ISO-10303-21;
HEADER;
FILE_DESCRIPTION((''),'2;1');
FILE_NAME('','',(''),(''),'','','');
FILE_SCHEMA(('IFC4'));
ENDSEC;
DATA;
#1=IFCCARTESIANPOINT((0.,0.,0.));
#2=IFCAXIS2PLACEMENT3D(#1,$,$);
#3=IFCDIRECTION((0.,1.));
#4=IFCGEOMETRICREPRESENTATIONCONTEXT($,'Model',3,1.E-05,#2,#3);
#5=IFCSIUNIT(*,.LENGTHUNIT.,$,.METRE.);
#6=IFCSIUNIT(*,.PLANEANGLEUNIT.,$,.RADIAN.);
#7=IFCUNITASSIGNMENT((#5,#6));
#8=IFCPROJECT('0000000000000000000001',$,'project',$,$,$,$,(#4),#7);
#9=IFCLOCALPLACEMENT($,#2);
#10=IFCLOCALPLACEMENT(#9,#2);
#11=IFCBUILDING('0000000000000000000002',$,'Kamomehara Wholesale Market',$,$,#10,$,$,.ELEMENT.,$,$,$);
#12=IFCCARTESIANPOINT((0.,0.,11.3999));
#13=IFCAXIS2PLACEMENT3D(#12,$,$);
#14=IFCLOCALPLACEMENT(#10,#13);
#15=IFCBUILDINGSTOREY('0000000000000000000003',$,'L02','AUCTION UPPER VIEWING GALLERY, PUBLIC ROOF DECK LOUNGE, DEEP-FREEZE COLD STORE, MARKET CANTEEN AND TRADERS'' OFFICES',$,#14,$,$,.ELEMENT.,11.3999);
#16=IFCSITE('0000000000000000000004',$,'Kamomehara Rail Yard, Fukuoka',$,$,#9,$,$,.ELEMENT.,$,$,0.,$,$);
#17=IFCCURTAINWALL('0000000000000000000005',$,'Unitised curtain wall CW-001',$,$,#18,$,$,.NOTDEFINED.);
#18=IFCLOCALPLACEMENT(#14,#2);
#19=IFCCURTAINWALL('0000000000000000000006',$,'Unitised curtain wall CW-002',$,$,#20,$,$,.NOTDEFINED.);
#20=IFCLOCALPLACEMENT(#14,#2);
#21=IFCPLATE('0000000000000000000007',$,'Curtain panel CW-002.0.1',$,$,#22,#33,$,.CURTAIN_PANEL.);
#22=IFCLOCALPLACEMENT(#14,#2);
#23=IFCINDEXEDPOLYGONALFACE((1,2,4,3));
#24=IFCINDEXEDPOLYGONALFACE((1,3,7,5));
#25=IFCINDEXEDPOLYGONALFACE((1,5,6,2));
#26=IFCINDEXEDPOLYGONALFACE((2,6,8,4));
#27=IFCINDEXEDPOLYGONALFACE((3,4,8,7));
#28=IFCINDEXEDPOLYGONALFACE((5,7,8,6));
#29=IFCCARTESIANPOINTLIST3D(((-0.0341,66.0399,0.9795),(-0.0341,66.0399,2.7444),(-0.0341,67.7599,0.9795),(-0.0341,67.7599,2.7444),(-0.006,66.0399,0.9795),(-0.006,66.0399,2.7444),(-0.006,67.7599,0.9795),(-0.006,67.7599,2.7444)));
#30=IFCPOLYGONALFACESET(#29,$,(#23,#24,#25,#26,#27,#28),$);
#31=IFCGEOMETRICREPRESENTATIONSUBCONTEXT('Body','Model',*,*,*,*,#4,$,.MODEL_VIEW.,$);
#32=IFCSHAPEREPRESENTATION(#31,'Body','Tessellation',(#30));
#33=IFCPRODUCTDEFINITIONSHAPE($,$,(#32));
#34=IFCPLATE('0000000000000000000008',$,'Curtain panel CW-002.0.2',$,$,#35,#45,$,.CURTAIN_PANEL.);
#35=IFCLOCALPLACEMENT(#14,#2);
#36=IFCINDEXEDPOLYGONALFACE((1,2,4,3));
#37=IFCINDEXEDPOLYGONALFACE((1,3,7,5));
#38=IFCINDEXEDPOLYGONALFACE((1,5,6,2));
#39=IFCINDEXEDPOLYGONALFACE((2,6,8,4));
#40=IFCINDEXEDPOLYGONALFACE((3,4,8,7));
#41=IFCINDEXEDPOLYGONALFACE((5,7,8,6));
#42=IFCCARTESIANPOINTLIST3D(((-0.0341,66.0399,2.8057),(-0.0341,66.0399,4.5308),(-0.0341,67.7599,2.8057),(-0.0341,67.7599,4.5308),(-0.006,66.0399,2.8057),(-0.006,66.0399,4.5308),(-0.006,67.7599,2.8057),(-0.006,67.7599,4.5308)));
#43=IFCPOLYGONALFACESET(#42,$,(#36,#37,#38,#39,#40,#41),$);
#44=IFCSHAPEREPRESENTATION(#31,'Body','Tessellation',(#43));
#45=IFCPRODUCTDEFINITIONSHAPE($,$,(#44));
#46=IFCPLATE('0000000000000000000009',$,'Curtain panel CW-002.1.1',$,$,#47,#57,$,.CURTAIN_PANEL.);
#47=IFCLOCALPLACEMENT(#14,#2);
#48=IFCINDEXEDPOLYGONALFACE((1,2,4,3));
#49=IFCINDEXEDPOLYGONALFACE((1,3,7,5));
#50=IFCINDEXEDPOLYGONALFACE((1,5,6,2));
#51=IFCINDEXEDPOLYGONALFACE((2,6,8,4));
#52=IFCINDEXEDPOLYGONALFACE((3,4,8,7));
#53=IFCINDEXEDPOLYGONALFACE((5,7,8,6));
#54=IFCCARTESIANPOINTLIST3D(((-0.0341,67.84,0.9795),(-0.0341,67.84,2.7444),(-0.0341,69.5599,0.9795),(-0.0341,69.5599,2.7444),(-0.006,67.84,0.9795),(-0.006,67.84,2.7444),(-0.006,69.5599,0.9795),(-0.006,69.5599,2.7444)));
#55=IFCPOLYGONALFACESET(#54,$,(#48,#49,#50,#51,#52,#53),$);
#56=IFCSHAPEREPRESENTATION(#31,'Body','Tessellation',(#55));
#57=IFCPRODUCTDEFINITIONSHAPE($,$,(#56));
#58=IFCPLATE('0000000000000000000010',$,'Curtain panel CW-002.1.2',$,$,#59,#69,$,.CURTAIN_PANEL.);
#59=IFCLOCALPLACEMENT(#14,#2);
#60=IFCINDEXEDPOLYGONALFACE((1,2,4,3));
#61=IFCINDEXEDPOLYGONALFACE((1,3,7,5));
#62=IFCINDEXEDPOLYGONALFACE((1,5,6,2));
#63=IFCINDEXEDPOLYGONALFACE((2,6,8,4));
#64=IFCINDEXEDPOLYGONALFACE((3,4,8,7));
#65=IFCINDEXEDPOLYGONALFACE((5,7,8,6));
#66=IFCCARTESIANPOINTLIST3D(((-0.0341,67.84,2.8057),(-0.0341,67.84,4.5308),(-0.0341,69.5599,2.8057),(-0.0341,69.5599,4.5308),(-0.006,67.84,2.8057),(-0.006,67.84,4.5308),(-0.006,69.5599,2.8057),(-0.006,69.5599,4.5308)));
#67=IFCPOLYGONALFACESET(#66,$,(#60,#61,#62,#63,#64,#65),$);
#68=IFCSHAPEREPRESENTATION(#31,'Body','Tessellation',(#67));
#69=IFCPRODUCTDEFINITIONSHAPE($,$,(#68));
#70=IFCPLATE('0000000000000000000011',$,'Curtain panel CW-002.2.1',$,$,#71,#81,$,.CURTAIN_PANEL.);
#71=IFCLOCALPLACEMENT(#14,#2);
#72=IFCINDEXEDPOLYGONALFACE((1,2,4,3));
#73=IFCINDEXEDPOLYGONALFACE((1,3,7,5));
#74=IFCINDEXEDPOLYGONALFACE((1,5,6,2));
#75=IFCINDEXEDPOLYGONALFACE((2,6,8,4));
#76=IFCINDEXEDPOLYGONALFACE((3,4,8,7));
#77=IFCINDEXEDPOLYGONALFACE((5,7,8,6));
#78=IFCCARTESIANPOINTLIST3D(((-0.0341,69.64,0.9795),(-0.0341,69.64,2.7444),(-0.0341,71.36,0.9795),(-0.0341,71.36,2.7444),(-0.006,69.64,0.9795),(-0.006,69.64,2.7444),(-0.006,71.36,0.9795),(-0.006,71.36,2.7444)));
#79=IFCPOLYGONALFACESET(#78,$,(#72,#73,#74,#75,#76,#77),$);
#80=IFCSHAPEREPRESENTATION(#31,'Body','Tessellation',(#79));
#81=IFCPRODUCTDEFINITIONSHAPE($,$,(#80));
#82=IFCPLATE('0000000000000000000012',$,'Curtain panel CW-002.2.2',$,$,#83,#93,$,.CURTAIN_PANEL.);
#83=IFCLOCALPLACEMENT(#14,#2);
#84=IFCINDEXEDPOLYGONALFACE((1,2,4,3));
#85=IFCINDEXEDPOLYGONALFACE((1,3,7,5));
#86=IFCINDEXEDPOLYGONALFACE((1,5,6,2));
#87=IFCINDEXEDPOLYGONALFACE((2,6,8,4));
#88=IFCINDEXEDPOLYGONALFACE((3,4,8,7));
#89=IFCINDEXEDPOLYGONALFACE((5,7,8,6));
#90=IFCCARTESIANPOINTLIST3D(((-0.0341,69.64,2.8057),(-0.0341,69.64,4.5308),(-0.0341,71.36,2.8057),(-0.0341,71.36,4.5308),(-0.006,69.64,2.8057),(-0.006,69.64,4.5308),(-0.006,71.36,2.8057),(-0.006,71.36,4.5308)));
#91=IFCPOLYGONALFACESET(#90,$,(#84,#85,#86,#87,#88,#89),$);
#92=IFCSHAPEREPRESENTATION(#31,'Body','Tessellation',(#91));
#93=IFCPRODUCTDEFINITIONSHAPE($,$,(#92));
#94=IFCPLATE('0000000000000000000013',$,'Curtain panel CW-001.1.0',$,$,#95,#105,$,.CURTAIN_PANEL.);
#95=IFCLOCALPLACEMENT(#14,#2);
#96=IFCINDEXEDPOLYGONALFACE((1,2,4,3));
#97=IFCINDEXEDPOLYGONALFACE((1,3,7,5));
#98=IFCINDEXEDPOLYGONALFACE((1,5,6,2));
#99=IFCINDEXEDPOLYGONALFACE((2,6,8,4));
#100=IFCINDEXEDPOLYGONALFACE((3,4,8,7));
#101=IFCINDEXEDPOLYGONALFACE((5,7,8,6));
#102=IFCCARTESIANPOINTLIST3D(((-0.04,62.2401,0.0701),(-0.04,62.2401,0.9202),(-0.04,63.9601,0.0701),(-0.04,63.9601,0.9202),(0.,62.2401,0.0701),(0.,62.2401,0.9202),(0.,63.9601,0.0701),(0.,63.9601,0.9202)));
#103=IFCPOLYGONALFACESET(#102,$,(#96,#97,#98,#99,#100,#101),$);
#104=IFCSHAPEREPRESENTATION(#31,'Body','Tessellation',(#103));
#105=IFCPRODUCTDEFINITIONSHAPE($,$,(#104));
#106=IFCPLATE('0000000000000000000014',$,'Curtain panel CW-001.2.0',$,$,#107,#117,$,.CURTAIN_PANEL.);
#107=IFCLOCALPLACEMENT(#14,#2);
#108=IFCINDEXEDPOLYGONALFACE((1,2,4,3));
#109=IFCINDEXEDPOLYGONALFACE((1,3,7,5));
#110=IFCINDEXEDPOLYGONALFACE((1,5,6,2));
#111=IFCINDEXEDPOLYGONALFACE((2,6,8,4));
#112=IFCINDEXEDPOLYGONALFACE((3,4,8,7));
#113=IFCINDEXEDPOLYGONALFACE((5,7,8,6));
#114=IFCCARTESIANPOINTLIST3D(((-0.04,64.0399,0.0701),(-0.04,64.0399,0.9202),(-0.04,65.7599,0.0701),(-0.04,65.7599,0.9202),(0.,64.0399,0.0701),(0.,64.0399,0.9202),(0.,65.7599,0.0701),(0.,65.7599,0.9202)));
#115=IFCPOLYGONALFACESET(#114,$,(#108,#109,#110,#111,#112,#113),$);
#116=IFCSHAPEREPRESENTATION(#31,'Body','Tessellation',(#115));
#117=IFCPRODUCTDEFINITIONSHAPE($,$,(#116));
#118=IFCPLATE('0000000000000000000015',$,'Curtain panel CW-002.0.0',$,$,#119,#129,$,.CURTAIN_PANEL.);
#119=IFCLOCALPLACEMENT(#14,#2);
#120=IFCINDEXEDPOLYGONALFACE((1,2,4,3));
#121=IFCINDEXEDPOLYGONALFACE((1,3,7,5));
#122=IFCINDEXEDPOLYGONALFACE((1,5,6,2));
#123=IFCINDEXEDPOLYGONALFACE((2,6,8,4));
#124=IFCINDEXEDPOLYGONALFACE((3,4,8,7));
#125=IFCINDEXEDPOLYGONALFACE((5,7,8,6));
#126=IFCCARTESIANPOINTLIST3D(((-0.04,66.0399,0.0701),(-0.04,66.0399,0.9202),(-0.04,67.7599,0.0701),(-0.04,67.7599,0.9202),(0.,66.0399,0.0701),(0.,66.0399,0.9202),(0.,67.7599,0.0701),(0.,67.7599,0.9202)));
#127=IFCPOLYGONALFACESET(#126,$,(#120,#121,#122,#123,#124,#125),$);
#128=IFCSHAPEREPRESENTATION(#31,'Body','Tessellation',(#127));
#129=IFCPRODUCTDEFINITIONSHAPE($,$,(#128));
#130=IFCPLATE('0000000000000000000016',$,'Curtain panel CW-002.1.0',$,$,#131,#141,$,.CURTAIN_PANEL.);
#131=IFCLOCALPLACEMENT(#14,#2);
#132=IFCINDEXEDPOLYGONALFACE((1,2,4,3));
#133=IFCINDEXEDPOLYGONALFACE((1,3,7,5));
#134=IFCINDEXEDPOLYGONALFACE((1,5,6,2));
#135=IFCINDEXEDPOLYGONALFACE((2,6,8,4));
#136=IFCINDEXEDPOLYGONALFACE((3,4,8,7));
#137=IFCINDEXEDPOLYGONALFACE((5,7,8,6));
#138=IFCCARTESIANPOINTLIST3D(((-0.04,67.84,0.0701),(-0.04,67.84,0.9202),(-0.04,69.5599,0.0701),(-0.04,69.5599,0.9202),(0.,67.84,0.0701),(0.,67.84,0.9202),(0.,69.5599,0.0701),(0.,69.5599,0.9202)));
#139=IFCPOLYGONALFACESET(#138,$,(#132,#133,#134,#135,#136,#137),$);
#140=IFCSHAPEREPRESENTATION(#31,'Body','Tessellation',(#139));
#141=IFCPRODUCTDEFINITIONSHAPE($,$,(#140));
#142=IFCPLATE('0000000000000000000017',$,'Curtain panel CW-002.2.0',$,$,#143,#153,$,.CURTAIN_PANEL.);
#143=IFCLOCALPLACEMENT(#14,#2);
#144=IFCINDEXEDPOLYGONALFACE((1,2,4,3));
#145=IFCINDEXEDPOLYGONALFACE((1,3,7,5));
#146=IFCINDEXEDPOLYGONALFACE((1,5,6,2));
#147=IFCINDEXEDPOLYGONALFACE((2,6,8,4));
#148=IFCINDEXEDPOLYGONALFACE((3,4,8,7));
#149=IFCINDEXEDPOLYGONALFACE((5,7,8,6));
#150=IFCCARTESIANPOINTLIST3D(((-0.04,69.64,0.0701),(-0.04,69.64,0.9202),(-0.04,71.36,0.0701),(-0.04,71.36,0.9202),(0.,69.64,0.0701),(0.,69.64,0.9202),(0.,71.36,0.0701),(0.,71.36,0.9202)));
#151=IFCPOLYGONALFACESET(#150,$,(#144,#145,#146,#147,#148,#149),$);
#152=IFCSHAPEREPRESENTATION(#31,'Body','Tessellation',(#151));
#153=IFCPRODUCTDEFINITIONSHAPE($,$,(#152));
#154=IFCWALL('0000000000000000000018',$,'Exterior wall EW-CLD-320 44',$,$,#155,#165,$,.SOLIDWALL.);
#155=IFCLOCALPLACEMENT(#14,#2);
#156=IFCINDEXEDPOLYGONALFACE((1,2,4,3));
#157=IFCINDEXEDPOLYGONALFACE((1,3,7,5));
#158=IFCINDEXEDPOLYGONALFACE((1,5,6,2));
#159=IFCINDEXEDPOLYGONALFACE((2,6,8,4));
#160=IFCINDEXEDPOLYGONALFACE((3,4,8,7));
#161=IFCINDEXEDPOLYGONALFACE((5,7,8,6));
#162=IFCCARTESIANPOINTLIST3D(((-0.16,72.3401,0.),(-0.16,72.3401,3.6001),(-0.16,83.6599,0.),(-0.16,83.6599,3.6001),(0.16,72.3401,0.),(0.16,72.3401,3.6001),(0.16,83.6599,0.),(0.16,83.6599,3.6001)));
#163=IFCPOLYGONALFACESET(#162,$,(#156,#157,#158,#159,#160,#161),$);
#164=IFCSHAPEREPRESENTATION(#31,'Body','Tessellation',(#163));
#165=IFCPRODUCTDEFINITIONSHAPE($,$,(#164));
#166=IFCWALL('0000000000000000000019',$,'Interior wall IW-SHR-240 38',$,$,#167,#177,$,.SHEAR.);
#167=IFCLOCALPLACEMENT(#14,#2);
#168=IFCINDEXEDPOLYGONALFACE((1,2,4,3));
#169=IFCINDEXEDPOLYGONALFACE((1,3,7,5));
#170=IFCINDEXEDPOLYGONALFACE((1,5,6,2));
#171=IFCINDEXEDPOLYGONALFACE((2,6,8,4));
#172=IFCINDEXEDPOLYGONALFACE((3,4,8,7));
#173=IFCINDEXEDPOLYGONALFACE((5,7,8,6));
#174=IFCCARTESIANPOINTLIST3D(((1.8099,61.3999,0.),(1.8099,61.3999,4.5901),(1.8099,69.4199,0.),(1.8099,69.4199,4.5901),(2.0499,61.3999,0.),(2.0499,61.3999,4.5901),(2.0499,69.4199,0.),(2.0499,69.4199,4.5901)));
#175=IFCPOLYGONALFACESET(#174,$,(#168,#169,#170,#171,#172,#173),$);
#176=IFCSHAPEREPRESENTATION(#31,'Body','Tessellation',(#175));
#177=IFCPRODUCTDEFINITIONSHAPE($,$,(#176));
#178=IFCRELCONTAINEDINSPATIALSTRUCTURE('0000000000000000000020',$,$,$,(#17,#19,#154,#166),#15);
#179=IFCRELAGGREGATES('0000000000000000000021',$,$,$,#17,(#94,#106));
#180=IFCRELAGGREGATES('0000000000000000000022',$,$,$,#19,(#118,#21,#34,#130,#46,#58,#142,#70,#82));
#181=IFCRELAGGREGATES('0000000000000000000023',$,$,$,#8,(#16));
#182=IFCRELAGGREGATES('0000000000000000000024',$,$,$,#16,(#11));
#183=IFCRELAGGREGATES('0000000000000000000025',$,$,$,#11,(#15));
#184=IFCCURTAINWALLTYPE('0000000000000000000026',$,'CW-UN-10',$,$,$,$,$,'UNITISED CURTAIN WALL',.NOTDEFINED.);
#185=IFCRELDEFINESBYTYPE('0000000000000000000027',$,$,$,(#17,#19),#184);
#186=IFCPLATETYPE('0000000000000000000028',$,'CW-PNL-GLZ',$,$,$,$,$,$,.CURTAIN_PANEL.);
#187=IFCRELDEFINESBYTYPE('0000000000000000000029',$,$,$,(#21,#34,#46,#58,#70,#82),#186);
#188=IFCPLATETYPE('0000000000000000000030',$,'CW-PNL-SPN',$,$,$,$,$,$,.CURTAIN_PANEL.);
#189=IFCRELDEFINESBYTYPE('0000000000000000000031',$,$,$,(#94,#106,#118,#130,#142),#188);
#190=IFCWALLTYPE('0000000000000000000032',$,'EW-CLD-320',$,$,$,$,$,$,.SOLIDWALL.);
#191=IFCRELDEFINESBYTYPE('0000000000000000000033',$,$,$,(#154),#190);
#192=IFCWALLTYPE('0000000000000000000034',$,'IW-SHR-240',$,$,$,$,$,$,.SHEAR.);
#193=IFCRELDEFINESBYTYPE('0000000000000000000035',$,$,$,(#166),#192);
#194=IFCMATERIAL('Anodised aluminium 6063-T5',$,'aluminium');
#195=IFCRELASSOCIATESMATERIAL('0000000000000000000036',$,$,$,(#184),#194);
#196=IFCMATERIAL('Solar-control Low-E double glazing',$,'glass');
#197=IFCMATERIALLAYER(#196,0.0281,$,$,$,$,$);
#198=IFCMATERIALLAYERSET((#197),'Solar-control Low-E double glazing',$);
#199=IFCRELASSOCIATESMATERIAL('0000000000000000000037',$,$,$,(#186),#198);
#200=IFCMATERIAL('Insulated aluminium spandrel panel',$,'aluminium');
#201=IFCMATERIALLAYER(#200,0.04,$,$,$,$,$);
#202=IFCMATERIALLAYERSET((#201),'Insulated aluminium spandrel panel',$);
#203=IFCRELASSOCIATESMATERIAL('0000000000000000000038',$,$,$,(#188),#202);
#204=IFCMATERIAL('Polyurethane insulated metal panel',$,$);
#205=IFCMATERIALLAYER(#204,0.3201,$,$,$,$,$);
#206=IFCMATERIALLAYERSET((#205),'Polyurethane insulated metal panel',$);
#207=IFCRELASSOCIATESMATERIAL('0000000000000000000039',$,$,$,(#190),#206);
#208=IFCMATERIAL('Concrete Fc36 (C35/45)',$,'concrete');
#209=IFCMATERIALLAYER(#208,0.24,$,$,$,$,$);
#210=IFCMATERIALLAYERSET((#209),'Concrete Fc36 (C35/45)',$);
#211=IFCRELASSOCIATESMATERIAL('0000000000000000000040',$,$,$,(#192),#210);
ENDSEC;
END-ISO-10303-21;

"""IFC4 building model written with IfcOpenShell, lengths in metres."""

from ifc_helpers import new_model, si_unit, direction, frame, frame_2d, origin, origin_2d, place, context, subcontext, project, spatial, rectangle, extrude, material, layer, layer_set, type_object, element, aggregate, save


model = new_model("IFC4")

# Units and contexts
model_context = context("Model", 3, precision=1e-05, world=origin(), true_north=direction((0.0, 1.0)))
body_context = subcontext(model_context, "Body", "Model", "MODEL_VIEW")
ifc_project = project(units=[si_unit("LENGTHUNIT", "METRE"), si_unit("PLANEANGLEUNIT", "RADIAN")], contexts=[model_context])

# Site, building, storey
site_placement = place(None, origin())
site = spatial("IfcSite", under=ifc_project, at=site_placement, Name="Kamomehara Rail Yard, Fukuoka", CompositionType="ELEMENT", RefElevation=0.0)
building_placement = place(site_placement, origin())
building = spatial("IfcBuilding", under=site, at=building_placement, Name="Kamomehara Wholesale Market", CompositionType="ELEMENT")
storey_placement = place(building_placement, frame((0.0, 0.0, 11.3999)))
storey = spatial("IfcBuildingStorey", under=building, at=storey_placement, Name="L02", Description="AUCTION UPPER VIEWING GALLERY, PUBLIC ROOF DECK LOUNGE, DEEP-FREEZE COLD STORE, MARKET CANTEEN AND TRADERS' OFFICES", CompositionType="ELEMENT", Elevation=11.3999)

# Curtain walls
ifc_material_1 = material(Name="Anodised aluminium 6063-T5", Category="aluminium")
curtain_wall_type = type_object("IfcCurtainWallType", Name="CW-UN-10", ElementType="UNITISED CURTAIN WALL", PredefinedType="NOTDEFINED", material=ifc_material_1)
curtain_wall_1_placement = place(storey_placement, origin())
curtain_wall_1 = element("IfcCurtainWall", 1, at=curtain_wall_1_placement, inside=storey, type_object=curtain_wall_type, Name="Unitised curtain wall CW-001", PredefinedType="NOTDEFINED")
curtain_wall_2_placement = place(storey_placement, origin())
curtain_wall_2 = element("IfcCurtainWall", 2, at=curtain_wall_2_placement, inside=storey, type_object=curtain_wall_type, Name="Unitised curtain wall CW-002", PredefinedType="NOTDEFINED")

# Plates
ifc_material_2 = material(Name="Solar-control Low-E double glazing", Category="glass")
ifc_layer_1 = layer(ifc_material_2, 0.0281)
ifc_layer_set_1 = layer_set([ifc_layer_1], Name="Solar-control Low-E double glazing")
plate_type_1 = type_object("IfcPlateType", Name="CW-PNL-GLZ", PredefinedType="CURTAIN_PANEL", material=ifc_layer_set_1)
plate_1_placement = place(storey_placement, frame((-0.02, 66.8999, 0.9795), z_axis=(0.0, 0.0, 1.0), x_axis=(0.0, 1.0, 0.0)))
plate_1 = element("IfcPlate", 3, at=plate_1_placement, type_object=plate_type_1, Name="Curtain panel CW-002.0.1", PredefinedType="CURTAIN_PANEL", context=body_context, shape_type="SweptSolid", body=[
    extrude(rectangle(XDim=1.72, YDim=0.0281, at=origin_2d()), origin(), (0.0, 0.0, 1.0), 1.7649),
])
plate_2_placement = place(storey_placement, frame((-0.02, 66.8999, 2.8057), z_axis=(0.0, 0.0, 1.0), x_axis=(0.0, 1.0, 0.0)))
plate_2 = element("IfcPlate", 4, at=plate_2_placement, type_object=plate_type_1, Name="Curtain panel CW-002.0.2", PredefinedType="CURTAIN_PANEL", context=body_context, shape_type="SweptSolid", body=[
    extrude(rectangle(XDim=1.72, YDim=0.0281, at=origin_2d()), origin(), (0.0, 0.0, 1.0), 1.7251),
])
plate_3_placement = place(storey_placement, frame((-0.02, 68.7, 0.9795), z_axis=(0.0, 0.0, 1.0), x_axis=(0.0, 1.0, 0.0)))
plate_3 = element("IfcPlate", 5, at=plate_3_placement, type_object=plate_type_1, Name="Curtain panel CW-002.1.1", PredefinedType="CURTAIN_PANEL", context=body_context, shape_type="SweptSolid", body=[
    extrude(rectangle(XDim=1.72, YDim=0.0281, at=origin_2d()), origin(), (0.0, 0.0, 1.0), 1.7649),
])
plate_4_placement = place(storey_placement, frame((-0.02, 68.7, 2.8057), z_axis=(0.0, 0.0, 1.0), x_axis=(0.0, 1.0, 0.0)))
plate_4 = element("IfcPlate", 6, at=plate_4_placement, type_object=plate_type_1, Name="Curtain panel CW-002.1.2", PredefinedType="CURTAIN_PANEL", context=body_context, shape_type="SweptSolid", body=[
    extrude(rectangle(XDim=1.72, YDim=0.0281, at=origin_2d()), origin(), (0.0, 0.0, 1.0), 1.7251),
])
plate_5_placement = place(storey_placement, frame((-0.02, 70.5, 0.9795), z_axis=(0.0, 0.0, 1.0), x_axis=(0.0, 1.0, 0.0)))
plate_5 = element("IfcPlate", 7, at=plate_5_placement, type_object=plate_type_1, Name="Curtain panel CW-002.2.1", PredefinedType="CURTAIN_PANEL", context=body_context, shape_type="SweptSolid", body=[
    extrude(rectangle(XDim=1.72, YDim=0.0281, at=origin_2d()), origin(), (0.0, 0.0, 1.0), 1.7649),
])
plate_6_placement = place(storey_placement, frame((-0.02, 70.5, 2.8057), z_axis=(0.0, 0.0, 1.0), x_axis=(0.0, 1.0, 0.0)))
plate_6 = element("IfcPlate", 8, at=plate_6_placement, type_object=plate_type_1, Name="Curtain panel CW-002.2.2", PredefinedType="CURTAIN_PANEL", context=body_context, shape_type="SweptSolid", body=[
    extrude(rectangle(XDim=1.72, YDim=0.0281, at=origin_2d()), origin(), (0.0, 0.0, 1.0), 1.7251),
])
ifc_material_3 = material(Name="Insulated aluminium spandrel panel", Category="aluminium")
ifc_layer_2 = layer(ifc_material_3, 0.04)
ifc_layer_set_2 = layer_set([ifc_layer_2], Name="Insulated aluminium spandrel panel")
plate_type_2 = type_object("IfcPlateType", Name="CW-PNL-SPN", PredefinedType="CURTAIN_PANEL", material=ifc_layer_set_2)
plate_7_placement = place(storey_placement, frame((-0.02, 63.1001, 0.0701), z_axis=(0.0, 0.0, 1.0), x_axis=(0.0, 1.0, 0.0)))
plate_7 = element("IfcPlate", 9, at=plate_7_placement, type_object=plate_type_2, Name="Curtain panel CW-001.1.0", PredefinedType="CURTAIN_PANEL", context=body_context, shape_type="SweptSolid", body=[
    extrude(rectangle(XDim=1.72, YDim=0.04, at=origin_2d()), origin(), (0.0, 0.0, 1.0), 0.8501),
])
plate_8_placement = place(storey_placement, frame((-0.02, 64.8999, 0.0701), z_axis=(0.0, 0.0, 1.0), x_axis=(0.0, 1.0, 0.0)))
plate_8 = element("IfcPlate", 10, at=plate_8_placement, type_object=plate_type_2, Name="Curtain panel CW-001.2.0", PredefinedType="CURTAIN_PANEL", context=body_context, shape_type="SweptSolid", body=[
    extrude(rectangle(XDim=1.72, YDim=0.04, at=origin_2d()), origin(), (0.0, 0.0, 1.0), 0.8501),
])
aggregate(curtain_wall_1, [plate_7, plate_8])
plate_9_placement = place(storey_placement, frame((-0.02, 66.8999, 0.0701), z_axis=(0.0, 0.0, 1.0), x_axis=(0.0, 1.0, 0.0)))
plate_9 = element("IfcPlate", 11, at=plate_9_placement, type_object=plate_type_2, Name="Curtain panel CW-002.0.0", PredefinedType="CURTAIN_PANEL", context=body_context, shape_type="SweptSolid", body=[
    extrude(rectangle(XDim=1.72, YDim=0.04, at=origin_2d()), origin(), (0.0, 0.0, 1.0), 0.8501),
])
plate_10_placement = place(storey_placement, frame((-0.02, 68.7, 0.0701), z_axis=(0.0, 0.0, 1.0), x_axis=(0.0, 1.0, 0.0)))
plate_10 = element("IfcPlate", 12, at=plate_10_placement, type_object=plate_type_2, Name="Curtain panel CW-002.1.0", PredefinedType="CURTAIN_PANEL", context=body_context, shape_type="SweptSolid", body=[
    extrude(rectangle(XDim=1.72, YDim=0.04, at=origin_2d()), origin(), (0.0, 0.0, 1.0), 0.8501),
])
plate_11_placement = place(storey_placement, frame((-0.02, 70.5, 0.0701), z_axis=(0.0, 0.0, 1.0), x_axis=(0.0, 1.0, 0.0)))
plate_11 = element("IfcPlate", 13, at=plate_11_placement, type_object=plate_type_2, Name="Curtain panel CW-002.2.0", PredefinedType="CURTAIN_PANEL", context=body_context, shape_type="SweptSolid", body=[
    extrude(rectangle(XDim=1.72, YDim=0.04, at=origin_2d()), origin(), (0.0, 0.0, 1.0), 0.8501),
])
aggregate(curtain_wall_2, [plate_9, plate_1, plate_2, plate_10, plate_3, plate_4, plate_11, plate_5, plate_6])

# Walls
ifc_material_4 = material(Name="Polyurethane insulated metal panel")
ifc_layer_3 = layer(ifc_material_4, 0.3201)
ifc_layer_set_3 = layer_set([ifc_layer_3], Name="Polyurethane insulated metal panel")
wall_type_1 = type_object("IfcWallType", Name="EW-CLD-320", PredefinedType="SOLIDWALL", material=ifc_layer_set_3)
wall_1_placement = place(storey_placement, frame((0.0, 72.3401, 0.0), z_axis=(0.0, 0.0, 1.0), x_axis=(0.0, 1.0, 0.0)))
element("IfcWall", 14, at=wall_1_placement, inside=storey, type_object=wall_type_1, Name="Exterior wall EW-CLD-320 44", PredefinedType="SOLIDWALL", context=body_context, shape_type="SweptSolid", body=[
    extrude(rectangle(XDim=11.3198, YDim=0.3201, at=frame_2d((5.6599, 0.0))), origin(), (0.0, 0.0, 1.0), 3.6001),
])
ifc_material_5 = material(Name="Concrete Fc36 (C35/45)", Category="concrete")
ifc_layer_4 = layer(ifc_material_5, 0.24)
ifc_layer_set_4 = layer_set([ifc_layer_4], Name="Concrete Fc36 (C35/45)")
wall_type_2 = type_object("IfcWallType", Name="IW-SHR-240", PredefinedType="SHEAR", material=ifc_layer_set_4)
wall_2_placement = place(storey_placement, frame((1.9299, 69.4199, 0.0), z_axis=(0.0, 0.0, 1.0), x_axis=(0.0, -1.0, 0.0)))
element("IfcWall", 15, at=wall_2_placement, inside=storey, type_object=wall_type_2, Name="Interior wall IW-SHR-240 38", PredefinedType="SHEAR", context=body_context, shape_type="SweptSolid", body=[
    extrude(rectangle(XDim=8.02, YDim=0.24, at=frame_2d((4.01, 0.0))), origin(), (0.0, 0.0, 1.0), 4.5901),
])

save(model, "model.ifc")
